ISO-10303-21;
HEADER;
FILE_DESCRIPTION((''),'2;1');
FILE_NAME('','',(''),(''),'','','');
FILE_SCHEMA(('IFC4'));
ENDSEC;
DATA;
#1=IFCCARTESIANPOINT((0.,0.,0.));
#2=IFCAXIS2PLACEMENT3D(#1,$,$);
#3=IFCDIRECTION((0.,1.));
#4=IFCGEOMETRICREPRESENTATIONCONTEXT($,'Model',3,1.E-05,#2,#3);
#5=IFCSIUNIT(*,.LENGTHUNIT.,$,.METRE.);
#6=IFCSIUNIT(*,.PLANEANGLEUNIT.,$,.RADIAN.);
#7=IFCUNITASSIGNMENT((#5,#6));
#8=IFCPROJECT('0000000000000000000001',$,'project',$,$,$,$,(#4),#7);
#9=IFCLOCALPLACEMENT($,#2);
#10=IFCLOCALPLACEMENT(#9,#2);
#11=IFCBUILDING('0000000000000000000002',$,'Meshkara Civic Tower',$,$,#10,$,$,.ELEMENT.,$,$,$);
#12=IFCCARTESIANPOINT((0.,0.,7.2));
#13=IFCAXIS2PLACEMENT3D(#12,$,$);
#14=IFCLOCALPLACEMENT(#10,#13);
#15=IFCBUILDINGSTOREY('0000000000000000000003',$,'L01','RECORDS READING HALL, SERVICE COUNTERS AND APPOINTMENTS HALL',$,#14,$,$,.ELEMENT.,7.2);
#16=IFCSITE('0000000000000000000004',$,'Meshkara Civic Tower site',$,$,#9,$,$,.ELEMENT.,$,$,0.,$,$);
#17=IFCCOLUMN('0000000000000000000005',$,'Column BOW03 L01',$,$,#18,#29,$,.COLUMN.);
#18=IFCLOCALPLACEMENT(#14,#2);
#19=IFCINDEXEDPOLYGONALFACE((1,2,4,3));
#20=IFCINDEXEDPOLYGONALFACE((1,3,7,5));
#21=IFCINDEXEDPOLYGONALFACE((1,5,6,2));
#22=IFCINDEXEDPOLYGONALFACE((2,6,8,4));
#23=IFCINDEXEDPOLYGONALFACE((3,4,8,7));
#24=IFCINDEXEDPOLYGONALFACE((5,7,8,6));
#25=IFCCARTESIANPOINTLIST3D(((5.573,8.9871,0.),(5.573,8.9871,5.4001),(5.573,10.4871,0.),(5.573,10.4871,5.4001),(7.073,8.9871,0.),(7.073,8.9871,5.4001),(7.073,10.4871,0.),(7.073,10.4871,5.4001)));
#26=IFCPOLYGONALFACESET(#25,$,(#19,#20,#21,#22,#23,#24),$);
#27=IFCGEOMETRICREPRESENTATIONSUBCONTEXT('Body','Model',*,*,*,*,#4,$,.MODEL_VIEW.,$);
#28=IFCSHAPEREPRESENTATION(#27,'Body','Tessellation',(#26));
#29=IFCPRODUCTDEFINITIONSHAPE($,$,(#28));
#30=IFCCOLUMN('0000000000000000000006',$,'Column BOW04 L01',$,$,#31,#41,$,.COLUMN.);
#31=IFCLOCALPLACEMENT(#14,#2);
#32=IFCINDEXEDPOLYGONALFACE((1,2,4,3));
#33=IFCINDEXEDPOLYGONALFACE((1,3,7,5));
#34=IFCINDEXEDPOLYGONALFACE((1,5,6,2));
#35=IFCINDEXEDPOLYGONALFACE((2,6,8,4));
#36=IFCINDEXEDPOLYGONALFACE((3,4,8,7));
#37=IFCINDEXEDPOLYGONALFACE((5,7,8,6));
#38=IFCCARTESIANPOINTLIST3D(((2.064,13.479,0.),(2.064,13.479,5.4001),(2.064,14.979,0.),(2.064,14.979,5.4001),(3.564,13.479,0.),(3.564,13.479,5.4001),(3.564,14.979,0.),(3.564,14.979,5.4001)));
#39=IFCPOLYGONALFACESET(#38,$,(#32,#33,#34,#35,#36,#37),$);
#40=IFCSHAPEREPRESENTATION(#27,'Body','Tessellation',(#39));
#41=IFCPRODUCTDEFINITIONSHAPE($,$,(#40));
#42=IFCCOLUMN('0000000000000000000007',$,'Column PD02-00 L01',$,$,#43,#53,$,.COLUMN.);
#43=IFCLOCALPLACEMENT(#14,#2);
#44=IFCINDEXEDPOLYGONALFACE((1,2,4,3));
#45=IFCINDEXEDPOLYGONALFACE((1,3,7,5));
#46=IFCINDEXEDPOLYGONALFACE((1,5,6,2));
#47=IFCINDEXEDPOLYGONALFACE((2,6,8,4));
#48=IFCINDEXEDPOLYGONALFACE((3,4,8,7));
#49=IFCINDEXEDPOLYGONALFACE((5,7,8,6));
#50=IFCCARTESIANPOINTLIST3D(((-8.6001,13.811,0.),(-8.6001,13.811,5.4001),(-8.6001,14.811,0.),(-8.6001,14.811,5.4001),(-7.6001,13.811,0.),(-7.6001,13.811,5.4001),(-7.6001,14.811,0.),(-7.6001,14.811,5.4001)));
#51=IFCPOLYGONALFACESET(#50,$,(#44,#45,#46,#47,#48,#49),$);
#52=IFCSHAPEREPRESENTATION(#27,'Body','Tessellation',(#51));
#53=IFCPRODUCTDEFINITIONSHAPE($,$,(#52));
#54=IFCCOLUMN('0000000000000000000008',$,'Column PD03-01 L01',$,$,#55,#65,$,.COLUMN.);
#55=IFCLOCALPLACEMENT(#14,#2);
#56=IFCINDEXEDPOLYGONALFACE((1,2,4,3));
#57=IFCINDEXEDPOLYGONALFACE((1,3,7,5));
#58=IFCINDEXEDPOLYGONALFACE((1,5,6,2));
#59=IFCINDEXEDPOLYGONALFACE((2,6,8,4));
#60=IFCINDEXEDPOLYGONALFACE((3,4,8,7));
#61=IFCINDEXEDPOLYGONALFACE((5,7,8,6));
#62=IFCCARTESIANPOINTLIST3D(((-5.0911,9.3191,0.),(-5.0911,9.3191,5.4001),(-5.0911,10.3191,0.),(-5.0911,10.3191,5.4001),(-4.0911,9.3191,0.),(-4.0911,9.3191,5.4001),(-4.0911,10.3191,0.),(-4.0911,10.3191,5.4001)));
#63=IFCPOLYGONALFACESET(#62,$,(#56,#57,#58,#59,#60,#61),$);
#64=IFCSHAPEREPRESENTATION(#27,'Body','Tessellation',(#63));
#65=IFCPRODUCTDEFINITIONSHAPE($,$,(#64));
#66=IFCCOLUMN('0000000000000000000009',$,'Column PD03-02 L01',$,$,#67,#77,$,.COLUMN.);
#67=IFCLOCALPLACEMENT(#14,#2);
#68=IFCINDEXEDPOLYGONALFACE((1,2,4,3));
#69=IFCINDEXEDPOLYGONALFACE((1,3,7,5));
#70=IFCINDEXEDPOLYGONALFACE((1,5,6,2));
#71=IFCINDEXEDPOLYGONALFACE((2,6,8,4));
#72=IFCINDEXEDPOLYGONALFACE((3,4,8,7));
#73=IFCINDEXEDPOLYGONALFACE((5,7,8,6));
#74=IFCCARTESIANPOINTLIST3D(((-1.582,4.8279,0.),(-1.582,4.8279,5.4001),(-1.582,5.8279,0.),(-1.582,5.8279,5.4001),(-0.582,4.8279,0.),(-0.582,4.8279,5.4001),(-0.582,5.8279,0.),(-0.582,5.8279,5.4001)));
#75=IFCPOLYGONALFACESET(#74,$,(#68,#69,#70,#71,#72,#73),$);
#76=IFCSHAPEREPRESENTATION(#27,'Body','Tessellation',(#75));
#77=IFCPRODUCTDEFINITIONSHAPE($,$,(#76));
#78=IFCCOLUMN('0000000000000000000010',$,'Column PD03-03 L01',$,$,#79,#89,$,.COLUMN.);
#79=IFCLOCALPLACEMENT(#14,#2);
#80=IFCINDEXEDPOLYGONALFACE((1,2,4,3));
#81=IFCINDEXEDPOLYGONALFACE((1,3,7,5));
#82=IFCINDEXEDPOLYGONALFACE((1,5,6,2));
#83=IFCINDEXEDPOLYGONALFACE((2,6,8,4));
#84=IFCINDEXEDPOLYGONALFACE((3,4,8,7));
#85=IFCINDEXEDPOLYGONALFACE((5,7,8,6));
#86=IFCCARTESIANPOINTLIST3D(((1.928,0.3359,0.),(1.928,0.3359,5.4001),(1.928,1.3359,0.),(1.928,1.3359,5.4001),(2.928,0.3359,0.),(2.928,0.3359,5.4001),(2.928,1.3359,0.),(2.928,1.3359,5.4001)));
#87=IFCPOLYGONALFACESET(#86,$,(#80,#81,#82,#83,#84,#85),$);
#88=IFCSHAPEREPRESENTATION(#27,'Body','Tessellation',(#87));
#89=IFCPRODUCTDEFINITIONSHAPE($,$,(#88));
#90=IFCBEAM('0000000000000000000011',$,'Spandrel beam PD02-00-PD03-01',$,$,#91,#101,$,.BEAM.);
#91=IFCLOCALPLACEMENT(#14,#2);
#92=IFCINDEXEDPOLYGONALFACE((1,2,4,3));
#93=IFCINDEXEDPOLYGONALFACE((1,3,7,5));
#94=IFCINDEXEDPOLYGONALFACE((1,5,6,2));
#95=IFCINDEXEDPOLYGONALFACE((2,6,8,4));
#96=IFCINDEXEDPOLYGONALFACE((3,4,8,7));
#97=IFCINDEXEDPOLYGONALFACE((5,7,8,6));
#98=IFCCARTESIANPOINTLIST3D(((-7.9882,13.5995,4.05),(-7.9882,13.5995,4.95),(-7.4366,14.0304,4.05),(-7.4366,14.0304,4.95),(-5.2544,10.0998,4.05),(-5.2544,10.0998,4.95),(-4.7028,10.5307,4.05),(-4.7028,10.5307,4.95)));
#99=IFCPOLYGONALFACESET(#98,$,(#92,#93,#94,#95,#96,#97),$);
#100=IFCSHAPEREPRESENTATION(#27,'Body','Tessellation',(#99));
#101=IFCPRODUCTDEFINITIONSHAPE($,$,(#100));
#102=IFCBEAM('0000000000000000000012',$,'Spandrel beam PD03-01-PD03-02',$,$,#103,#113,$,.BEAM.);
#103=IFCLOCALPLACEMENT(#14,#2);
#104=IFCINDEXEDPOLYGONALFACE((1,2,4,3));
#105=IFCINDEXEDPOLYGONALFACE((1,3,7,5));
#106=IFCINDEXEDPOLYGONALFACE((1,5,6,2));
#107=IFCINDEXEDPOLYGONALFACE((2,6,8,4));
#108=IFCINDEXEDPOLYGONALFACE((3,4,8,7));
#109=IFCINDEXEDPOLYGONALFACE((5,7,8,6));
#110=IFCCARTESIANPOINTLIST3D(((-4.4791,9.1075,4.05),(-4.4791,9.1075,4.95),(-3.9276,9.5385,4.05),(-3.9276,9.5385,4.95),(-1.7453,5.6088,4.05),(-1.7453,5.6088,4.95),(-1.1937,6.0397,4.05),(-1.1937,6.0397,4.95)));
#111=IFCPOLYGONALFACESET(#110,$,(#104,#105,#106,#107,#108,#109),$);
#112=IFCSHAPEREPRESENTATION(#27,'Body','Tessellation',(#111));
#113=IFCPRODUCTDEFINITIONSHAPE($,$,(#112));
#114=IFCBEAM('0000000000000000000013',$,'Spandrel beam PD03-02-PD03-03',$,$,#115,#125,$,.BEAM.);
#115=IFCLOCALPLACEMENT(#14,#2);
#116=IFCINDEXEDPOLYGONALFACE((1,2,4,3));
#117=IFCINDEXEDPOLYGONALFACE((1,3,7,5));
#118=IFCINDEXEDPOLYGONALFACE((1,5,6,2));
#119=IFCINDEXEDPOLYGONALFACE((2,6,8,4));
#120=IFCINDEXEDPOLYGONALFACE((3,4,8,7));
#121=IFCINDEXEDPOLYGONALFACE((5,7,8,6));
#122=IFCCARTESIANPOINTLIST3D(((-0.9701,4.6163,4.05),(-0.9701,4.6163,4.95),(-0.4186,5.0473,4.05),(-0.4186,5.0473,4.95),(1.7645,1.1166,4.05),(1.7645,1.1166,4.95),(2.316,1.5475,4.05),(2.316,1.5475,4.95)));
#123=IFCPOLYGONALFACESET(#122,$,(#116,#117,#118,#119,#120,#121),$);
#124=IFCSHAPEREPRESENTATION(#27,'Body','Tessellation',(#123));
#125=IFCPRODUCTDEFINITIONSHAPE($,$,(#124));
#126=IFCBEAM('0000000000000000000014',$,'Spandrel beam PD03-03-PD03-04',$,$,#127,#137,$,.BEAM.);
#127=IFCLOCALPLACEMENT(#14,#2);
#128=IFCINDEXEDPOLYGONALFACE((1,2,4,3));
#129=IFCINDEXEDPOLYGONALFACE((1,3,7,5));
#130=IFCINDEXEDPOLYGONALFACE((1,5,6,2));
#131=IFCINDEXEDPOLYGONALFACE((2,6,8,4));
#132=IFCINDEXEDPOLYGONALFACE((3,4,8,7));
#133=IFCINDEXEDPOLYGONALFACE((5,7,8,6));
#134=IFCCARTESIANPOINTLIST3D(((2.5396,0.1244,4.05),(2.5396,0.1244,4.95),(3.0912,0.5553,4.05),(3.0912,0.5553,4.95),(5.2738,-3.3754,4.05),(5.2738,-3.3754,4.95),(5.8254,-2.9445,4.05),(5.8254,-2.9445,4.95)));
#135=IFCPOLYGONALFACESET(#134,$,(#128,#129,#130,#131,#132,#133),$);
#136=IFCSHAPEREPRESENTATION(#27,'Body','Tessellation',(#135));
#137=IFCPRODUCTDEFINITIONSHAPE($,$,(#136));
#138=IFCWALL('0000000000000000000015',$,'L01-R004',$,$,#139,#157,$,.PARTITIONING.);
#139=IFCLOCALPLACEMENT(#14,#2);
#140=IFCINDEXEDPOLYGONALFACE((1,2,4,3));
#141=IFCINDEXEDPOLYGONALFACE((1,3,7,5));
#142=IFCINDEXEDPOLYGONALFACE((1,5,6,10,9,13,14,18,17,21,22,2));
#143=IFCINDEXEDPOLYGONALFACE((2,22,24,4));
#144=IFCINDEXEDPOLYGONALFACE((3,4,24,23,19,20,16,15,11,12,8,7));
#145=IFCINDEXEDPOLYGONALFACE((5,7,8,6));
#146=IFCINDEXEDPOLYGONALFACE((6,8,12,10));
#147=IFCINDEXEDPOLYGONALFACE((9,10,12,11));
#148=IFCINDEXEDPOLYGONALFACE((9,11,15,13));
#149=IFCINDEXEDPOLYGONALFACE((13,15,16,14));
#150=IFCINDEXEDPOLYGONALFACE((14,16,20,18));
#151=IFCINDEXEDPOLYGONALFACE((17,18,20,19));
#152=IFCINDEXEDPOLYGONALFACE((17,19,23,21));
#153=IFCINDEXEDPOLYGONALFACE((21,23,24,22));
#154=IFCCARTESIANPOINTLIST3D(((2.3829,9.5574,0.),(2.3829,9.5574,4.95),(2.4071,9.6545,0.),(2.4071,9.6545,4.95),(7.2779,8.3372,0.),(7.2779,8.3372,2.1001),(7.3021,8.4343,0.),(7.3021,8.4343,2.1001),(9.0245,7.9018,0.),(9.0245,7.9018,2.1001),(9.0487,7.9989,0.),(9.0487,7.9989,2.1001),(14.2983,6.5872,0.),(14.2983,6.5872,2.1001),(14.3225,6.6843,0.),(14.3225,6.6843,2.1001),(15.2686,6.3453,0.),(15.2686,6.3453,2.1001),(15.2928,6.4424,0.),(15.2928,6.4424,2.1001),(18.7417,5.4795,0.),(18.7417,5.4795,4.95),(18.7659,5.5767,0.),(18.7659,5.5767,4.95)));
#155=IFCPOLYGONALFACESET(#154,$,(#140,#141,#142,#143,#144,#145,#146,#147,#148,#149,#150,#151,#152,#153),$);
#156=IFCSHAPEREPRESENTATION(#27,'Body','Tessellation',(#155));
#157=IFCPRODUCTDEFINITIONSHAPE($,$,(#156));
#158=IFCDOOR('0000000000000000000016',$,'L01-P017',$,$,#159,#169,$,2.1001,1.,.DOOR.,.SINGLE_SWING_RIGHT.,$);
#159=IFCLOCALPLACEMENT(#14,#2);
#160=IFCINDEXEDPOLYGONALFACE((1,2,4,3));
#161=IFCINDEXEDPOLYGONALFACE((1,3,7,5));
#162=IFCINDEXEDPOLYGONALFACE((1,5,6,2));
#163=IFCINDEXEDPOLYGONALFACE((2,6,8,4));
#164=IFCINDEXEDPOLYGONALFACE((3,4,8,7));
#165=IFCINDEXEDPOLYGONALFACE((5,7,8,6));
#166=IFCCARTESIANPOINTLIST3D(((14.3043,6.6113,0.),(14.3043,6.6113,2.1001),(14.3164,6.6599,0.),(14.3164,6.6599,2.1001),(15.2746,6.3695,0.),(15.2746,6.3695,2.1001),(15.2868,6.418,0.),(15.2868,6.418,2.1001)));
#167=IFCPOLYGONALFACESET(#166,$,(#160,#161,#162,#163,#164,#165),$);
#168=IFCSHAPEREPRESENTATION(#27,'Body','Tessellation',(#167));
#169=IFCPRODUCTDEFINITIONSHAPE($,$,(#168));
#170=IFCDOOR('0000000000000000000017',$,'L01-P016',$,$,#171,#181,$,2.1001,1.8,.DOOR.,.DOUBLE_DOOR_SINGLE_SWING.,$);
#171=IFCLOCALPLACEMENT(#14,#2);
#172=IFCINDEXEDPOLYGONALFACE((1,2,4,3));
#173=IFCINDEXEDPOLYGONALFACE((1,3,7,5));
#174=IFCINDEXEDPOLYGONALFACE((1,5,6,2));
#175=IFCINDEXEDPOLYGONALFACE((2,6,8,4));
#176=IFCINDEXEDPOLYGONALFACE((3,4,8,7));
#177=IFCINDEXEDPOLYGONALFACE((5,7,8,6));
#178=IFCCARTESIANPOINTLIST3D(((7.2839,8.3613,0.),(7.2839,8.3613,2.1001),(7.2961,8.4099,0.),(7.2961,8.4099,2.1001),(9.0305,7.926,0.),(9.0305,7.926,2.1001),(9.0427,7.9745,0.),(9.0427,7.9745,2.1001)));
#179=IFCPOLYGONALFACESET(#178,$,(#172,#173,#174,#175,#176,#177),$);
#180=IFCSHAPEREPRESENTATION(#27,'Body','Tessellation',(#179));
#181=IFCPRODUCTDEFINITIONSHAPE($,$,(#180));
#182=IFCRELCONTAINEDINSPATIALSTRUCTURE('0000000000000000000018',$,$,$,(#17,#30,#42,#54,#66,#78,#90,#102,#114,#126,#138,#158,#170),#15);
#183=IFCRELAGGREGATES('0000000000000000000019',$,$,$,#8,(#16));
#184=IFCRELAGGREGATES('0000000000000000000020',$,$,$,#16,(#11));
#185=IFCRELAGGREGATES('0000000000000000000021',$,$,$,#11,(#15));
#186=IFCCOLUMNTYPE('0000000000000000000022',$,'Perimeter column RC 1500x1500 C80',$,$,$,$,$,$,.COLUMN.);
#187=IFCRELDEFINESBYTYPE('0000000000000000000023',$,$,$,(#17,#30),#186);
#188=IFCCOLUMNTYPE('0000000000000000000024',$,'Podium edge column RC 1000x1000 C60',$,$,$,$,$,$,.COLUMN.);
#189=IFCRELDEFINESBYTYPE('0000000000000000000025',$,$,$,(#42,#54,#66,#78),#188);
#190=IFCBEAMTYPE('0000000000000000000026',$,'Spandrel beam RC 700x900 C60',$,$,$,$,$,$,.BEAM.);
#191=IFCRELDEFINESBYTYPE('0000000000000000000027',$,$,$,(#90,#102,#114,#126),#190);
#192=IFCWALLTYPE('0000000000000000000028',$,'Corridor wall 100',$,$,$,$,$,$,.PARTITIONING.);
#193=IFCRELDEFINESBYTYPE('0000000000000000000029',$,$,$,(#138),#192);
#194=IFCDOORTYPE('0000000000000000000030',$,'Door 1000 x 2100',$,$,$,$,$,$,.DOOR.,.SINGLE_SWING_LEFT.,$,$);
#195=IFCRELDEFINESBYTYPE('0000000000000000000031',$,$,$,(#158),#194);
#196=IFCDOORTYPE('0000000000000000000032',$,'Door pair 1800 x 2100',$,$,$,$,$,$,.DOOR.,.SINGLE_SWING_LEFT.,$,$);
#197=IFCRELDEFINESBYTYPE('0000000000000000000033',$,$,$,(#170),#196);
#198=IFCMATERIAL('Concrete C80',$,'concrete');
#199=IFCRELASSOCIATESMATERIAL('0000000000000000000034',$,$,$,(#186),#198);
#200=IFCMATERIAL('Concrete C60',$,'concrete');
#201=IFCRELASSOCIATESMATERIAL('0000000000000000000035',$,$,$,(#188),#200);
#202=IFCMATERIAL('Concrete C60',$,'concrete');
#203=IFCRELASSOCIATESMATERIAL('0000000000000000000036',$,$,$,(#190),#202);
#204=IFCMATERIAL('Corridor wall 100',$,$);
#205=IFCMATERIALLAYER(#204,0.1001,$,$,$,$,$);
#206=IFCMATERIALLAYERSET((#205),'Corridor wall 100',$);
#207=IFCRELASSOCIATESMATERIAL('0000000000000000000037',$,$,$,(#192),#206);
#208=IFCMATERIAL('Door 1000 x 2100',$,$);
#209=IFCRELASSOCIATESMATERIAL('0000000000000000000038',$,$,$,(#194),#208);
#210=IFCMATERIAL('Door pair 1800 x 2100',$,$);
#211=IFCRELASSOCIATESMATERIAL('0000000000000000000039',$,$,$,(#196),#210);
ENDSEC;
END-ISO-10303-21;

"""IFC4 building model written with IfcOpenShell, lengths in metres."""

from ifc_helpers import new_model, si_unit, direction, frame, frame_2d, origin, origin_2d, place, context, subcontext, project, spatial, rectangle, extrude, material, layer, layer_set, material_profile, profile_set, type_object, element, fill, save


model = new_model("IFC4")

# Units and contexts
model_context = context("Model", 3, precision=1e-05, world=origin(), true_north=direction((0.0, 1.0)))
body_context = subcontext(model_context, "Body", "Model", "MODEL_VIEW")
ifc_project = project(units=[si_unit("LENGTHUNIT", "METRE"), si_unit("PLANEANGLEUNIT", "RADIAN")], contexts=[model_context])

# Site, building, storey
site_placement = place(None, origin())
site = spatial("IfcSite", under=ifc_project, at=site_placement, Name="Meshkara Civic Tower site", CompositionType="ELEMENT", RefElevation=0.0)
building_placement = place(site_placement, origin())
building = spatial("IfcBuilding", under=site, at=building_placement, Name="Meshkara Civic Tower", CompositionType="ELEMENT")
storey_placement = place(building_placement, frame((0.0, 0.0, 7.2)))
storey = spatial("IfcBuildingStorey", under=building, at=storey_placement, Name="L01", Description="RECORDS READING HALL, SERVICE COUNTERS AND APPOINTMENTS HALL", CompositionType="ELEMENT", Elevation=7.2)

# Columns
ifc_material_1 = material(Name="Concrete C80", Category="concrete")
ifc_material_profile_1 = material_profile(ifc_material_1, rectangle(XDim=1.5, YDim=1.5, at=origin_2d()))
ifc_profile_set_1 = profile_set([ifc_material_profile_1], Name="Concrete C80")
column_type_1 = type_object("IfcColumnType", Name="Perimeter column RC 1500x1500 C80", PredefinedType="COLUMN", material=ifc_profile_set_1)
for number, where, z_axis, x_axis, name in (
    (1, (6.323, 9.7371, 0.0), (0.0, 0.0, 1.0), (1.0, 0.0, 0.0), "Column BOW03 L01"),
    (2, (2.814, 14.229, 0.0), (0.0, 0.0, 1.0), (1.0, 0.0, 0.0), "Column BOW04 L01"),
):
    element("IfcColumn", number, at=place(storey_placement, frame(where, z_axis=z_axis, x_axis=x_axis)), inside=storey, type_object=column_type_1, Name=name, PredefinedType="COLUMN", context=body_context, shape_type="SweptSolid", body=[
        extrude(rectangle(XDim=1.5, YDim=1.5, at=origin_2d()), origin(), (0.0, 0.0, 1.0), 5.4001),
    ])
ifc_material_2 = material(Name="Concrete C60", Category="concrete")
ifc_material_profile_2 = material_profile(ifc_material_2, rectangle(XDim=1.0, YDim=1.0, at=origin_2d()))
ifc_profile_set_2 = profile_set([ifc_material_profile_2], Name="Concrete C60")
column_type_2 = type_object("IfcColumnType", Name="Podium edge column RC 1000x1000 C60", PredefinedType="COLUMN", material=ifc_profile_set_2)
for number, where, z_axis, x_axis, name in (
    (3, (-8.1001, 14.311, 0.0), (0.0, 0.0, 1.0), (1.0, 0.0, 0.0), "Column PD02-00 L01"),
    (4, (-4.5911, 9.8191, 0.0), (0.0, 0.0, 1.0), (1.0, 0.0, 0.0), "Column PD03-01 L01"),
    (5, (-1.082, 5.3279, 0.0), (0.0, 0.0, 1.0), (1.0, 0.0, 0.0), "Column PD03-02 L01"),
    (6, (2.428, 0.8359, 0.0), (0.0, 0.0, 1.0), (1.0, 0.0, 0.0), "Column PD03-03 L01"),
):
    element("IfcColumn", number, at=place(storey_placement, frame(where, z_axis=z_axis, x_axis=x_axis)), inside=storey, type_object=column_type_2, Name=name, PredefinedType="COLUMN", context=body_context, shape_type="SweptSolid", body=[
        extrude(rectangle(XDim=1.0, YDim=1.0, at=origin_2d()), origin(), (0.0, 0.0, 1.0), 5.4001),
    ])

# Beams
ifc_material_3 = material(Name="Concrete C60", Category="concrete")
ifc_material_profile_3 = material_profile(ifc_material_3, rectangle(XDim=0.7, YDim=0.8999, at=origin_2d()))
ifc_profile_set_3 = profile_set([ifc_material_profile_3], Name="Concrete C60")
beam_type = type_object("IfcBeamType", Name="Spandrel beam RC 700x900 C60", PredefinedType="BEAM", material=ifc_profile_set_3)
beam_1_placement = place(storey_placement, frame((-7.7124, 13.8149, 4.5), z_axis=(0.615602, -0.788057, 0.0), x_axis=(0.788057, 0.615602, 0.0)))
element("IfcBeam", 7, at=beam_1_placement, inside=storey, type_object=beam_type, Name="Spandrel beam PD02-00-PD03-01", PredefinedType="BEAM", context=body_context, shape_type="SweptSolid", body=[
    extrude(rectangle(XDim=0.7, YDim=0.8999, at=origin_2d()), origin(), (0.0, 0.0, 1.0), 4.4409),
])
beam_2_placement = place(storey_placement, frame((-4.2034, 9.323, 4.5), z_axis=(0.615709, -0.787974, 0.0), x_axis=(0.787974, 0.615709, 0.0)))
element("IfcBeam", 8, at=beam_2_placement, inside=storey, type_object=beam_type, Name="Spandrel beam PD03-01-PD03-02", PredefinedType="BEAM", context=body_context, shape_type="SweptSolid", body=[
    extrude(rectangle(XDim=0.7, YDim=0.8999, at=origin_2d()), origin(), (0.0, 0.0, 1.0), 4.4402),
])
beam_3_placement = place(storey_placement, frame((-0.6943, 4.8318, 4.5), z_axis=(0.615705, -0.787977, 0.0), x_axis=(0.787977, 0.615705, 0.0)))
element("IfcBeam", 9, at=beam_3_placement, inside=storey, type_object=beam_type, Name="Spandrel beam PD03-02-PD03-03", PredefinedType="BEAM", context=body_context, shape_type="SweptSolid", body=[
    extrude(rectangle(XDim=0.7, YDim=0.8999, at=origin_2d()), origin(), (0.0, 0.0, 1.0), 4.4414),
])
beam_4_placement = place(storey_placement, frame((2.8154, 0.3398, 4.5), z_axis=(0.615637, -0.78803, 0.0), x_axis=(0.78803, 0.615637, 0.0)))
element("IfcBeam", 10, at=beam_4_placement, inside=storey, type_object=beam_type, Name="Spandrel beam PD03-03-PD03-04", PredefinedType="BEAM", context=body_context, shape_type="SweptSolid", body=[
    extrude(rectangle(XDim=0.7, YDim=0.8999, at=origin_2d()), origin(), (0.0, 0.0, 1.0), 4.4412),
])

# Wall, openings, doors
ifc_material_4 = material(Name="Corridor wall 100")
ifc_layer_1 = layer(ifc_material_4, 0.1001)
ifc_layer_set_1 = layer_set([ifc_layer_1], Name="Corridor wall 100")
wall_type_1 = type_object("IfcWallType", Name="Corridor wall 100", PredefinedType="PARTITIONING", material=ifc_layer_set_1)
wall_1_placement = place(storey_placement, frame((2.395, 9.606, 0.0), z_axis=(0.0, 0.0, 1.0), x_axis=(0.970308, -0.241875, 0.0)))
wall_1 = element("IfcWall", 11, at=wall_1_placement, inside=storey, type_object=wall_type_1, Name="L01-R004", PredefinedType="PARTITIONING", context=body_context, shape_type="SweptSolid", body=[
    extrude(rectangle(XDim=16.8594, YDim=0.1001, at=frame_2d((8.4297, 0.0))), origin(), (0.0, 0.0, 1.0), 4.95),
])
opening_1_placement = place(wall_1_placement, frame((5.0449, 0.0, 0.0)))
opening_1 = element("IfcOpeningElement", 12, at=opening_1_placement, cuts=wall_1, PredefinedType="OPENING", context=body_context, shape_type="SweptSolid", body=[
    extrude(rectangle(XDim=1.8, YDim=2.1001, at=frame_2d((0.8999, 1.05))), frame((0.0, 0.0601, 0.0), z_axis=(0.0, -1.0, 0.0), x_axis=(1.0, 0.0, 0.0)), (0.0, 0.0, 1.0), 0.1201),
])
opening_2_placement = place(wall_1_placement, frame((12.28, 0.0, 0.0)))
opening_2 = element("IfcOpeningElement", 13, at=opening_2_placement, cuts=wall_1, PredefinedType="OPENING", context=body_context, shape_type="SweptSolid", body=[
    extrude(rectangle(XDim=1.0, YDim=2.1001, at=frame_2d((0.5, 1.05))), frame((0.0, 0.0601, 0.0), z_axis=(0.0, -1.0, 0.0), x_axis=(1.0, 0.0, 0.0)), (0.0, 0.0, 1.0), 0.1201),
])
ifc_material_5 = material(Name="Door 1000 x 2100")
door_type_1 = type_object("IfcDoorType", Name="Door 1000 x 2100", OperationType="SINGLE_SWING_LEFT", PredefinedType="DOOR", material=ifc_material_5)
door_1_placement = place(opening_2_placement, origin())
door_1 = element("IfcDoor", 14, at=door_1_placement, inside=storey, type_object=door_type_1, Name="L01-P017", OperationType="SINGLE_SWING_RIGHT", OverallHeight=2.1001, OverallWidth=1.0, PredefinedType="DOOR", context=body_context, shape_type="SweptSolid", body=[
    extrude(rectangle(XDim=1.0, YDim=2.1001, at=frame_2d((0.5, 1.05))), frame((0.0, 0.0249, 0.0), z_axis=(0.0, -1.0, 0.0), x_axis=(1.0, 0.0, 0.0)), (0.0, 0.0, 1.0), 0.05),
])
fill(opening_2, door_1)
ifc_material_6 = material(Name="Door pair 1800 x 2100")
door_type_2 = type_object("IfcDoorType", Name="Door pair 1800 x 2100", OperationType="SINGLE_SWING_LEFT", PredefinedType="DOOR", material=ifc_material_6)
door_2_placement = place(opening_1_placement, origin())
door_2 = element("IfcDoor", 15, at=door_2_placement, inside=storey, type_object=door_type_2, Name="L01-P016", OperationType="DOUBLE_DOOR_SINGLE_SWING", OverallHeight=2.1001, OverallWidth=1.8, PredefinedType="DOOR", context=body_context, shape_type="SweptSolid", body=[
    extrude(rectangle(XDim=1.8, YDim=2.1001, at=frame_2d((0.8999, 1.05))), frame((0.0, 0.0249, 0.0), z_axis=(0.0, -1.0, 0.0), x_axis=(1.0, 0.0, 0.0)), (0.0, 0.0, 1.0), 0.05),
])
fill(opening_1, door_2)

save(model, "model.ifc")
